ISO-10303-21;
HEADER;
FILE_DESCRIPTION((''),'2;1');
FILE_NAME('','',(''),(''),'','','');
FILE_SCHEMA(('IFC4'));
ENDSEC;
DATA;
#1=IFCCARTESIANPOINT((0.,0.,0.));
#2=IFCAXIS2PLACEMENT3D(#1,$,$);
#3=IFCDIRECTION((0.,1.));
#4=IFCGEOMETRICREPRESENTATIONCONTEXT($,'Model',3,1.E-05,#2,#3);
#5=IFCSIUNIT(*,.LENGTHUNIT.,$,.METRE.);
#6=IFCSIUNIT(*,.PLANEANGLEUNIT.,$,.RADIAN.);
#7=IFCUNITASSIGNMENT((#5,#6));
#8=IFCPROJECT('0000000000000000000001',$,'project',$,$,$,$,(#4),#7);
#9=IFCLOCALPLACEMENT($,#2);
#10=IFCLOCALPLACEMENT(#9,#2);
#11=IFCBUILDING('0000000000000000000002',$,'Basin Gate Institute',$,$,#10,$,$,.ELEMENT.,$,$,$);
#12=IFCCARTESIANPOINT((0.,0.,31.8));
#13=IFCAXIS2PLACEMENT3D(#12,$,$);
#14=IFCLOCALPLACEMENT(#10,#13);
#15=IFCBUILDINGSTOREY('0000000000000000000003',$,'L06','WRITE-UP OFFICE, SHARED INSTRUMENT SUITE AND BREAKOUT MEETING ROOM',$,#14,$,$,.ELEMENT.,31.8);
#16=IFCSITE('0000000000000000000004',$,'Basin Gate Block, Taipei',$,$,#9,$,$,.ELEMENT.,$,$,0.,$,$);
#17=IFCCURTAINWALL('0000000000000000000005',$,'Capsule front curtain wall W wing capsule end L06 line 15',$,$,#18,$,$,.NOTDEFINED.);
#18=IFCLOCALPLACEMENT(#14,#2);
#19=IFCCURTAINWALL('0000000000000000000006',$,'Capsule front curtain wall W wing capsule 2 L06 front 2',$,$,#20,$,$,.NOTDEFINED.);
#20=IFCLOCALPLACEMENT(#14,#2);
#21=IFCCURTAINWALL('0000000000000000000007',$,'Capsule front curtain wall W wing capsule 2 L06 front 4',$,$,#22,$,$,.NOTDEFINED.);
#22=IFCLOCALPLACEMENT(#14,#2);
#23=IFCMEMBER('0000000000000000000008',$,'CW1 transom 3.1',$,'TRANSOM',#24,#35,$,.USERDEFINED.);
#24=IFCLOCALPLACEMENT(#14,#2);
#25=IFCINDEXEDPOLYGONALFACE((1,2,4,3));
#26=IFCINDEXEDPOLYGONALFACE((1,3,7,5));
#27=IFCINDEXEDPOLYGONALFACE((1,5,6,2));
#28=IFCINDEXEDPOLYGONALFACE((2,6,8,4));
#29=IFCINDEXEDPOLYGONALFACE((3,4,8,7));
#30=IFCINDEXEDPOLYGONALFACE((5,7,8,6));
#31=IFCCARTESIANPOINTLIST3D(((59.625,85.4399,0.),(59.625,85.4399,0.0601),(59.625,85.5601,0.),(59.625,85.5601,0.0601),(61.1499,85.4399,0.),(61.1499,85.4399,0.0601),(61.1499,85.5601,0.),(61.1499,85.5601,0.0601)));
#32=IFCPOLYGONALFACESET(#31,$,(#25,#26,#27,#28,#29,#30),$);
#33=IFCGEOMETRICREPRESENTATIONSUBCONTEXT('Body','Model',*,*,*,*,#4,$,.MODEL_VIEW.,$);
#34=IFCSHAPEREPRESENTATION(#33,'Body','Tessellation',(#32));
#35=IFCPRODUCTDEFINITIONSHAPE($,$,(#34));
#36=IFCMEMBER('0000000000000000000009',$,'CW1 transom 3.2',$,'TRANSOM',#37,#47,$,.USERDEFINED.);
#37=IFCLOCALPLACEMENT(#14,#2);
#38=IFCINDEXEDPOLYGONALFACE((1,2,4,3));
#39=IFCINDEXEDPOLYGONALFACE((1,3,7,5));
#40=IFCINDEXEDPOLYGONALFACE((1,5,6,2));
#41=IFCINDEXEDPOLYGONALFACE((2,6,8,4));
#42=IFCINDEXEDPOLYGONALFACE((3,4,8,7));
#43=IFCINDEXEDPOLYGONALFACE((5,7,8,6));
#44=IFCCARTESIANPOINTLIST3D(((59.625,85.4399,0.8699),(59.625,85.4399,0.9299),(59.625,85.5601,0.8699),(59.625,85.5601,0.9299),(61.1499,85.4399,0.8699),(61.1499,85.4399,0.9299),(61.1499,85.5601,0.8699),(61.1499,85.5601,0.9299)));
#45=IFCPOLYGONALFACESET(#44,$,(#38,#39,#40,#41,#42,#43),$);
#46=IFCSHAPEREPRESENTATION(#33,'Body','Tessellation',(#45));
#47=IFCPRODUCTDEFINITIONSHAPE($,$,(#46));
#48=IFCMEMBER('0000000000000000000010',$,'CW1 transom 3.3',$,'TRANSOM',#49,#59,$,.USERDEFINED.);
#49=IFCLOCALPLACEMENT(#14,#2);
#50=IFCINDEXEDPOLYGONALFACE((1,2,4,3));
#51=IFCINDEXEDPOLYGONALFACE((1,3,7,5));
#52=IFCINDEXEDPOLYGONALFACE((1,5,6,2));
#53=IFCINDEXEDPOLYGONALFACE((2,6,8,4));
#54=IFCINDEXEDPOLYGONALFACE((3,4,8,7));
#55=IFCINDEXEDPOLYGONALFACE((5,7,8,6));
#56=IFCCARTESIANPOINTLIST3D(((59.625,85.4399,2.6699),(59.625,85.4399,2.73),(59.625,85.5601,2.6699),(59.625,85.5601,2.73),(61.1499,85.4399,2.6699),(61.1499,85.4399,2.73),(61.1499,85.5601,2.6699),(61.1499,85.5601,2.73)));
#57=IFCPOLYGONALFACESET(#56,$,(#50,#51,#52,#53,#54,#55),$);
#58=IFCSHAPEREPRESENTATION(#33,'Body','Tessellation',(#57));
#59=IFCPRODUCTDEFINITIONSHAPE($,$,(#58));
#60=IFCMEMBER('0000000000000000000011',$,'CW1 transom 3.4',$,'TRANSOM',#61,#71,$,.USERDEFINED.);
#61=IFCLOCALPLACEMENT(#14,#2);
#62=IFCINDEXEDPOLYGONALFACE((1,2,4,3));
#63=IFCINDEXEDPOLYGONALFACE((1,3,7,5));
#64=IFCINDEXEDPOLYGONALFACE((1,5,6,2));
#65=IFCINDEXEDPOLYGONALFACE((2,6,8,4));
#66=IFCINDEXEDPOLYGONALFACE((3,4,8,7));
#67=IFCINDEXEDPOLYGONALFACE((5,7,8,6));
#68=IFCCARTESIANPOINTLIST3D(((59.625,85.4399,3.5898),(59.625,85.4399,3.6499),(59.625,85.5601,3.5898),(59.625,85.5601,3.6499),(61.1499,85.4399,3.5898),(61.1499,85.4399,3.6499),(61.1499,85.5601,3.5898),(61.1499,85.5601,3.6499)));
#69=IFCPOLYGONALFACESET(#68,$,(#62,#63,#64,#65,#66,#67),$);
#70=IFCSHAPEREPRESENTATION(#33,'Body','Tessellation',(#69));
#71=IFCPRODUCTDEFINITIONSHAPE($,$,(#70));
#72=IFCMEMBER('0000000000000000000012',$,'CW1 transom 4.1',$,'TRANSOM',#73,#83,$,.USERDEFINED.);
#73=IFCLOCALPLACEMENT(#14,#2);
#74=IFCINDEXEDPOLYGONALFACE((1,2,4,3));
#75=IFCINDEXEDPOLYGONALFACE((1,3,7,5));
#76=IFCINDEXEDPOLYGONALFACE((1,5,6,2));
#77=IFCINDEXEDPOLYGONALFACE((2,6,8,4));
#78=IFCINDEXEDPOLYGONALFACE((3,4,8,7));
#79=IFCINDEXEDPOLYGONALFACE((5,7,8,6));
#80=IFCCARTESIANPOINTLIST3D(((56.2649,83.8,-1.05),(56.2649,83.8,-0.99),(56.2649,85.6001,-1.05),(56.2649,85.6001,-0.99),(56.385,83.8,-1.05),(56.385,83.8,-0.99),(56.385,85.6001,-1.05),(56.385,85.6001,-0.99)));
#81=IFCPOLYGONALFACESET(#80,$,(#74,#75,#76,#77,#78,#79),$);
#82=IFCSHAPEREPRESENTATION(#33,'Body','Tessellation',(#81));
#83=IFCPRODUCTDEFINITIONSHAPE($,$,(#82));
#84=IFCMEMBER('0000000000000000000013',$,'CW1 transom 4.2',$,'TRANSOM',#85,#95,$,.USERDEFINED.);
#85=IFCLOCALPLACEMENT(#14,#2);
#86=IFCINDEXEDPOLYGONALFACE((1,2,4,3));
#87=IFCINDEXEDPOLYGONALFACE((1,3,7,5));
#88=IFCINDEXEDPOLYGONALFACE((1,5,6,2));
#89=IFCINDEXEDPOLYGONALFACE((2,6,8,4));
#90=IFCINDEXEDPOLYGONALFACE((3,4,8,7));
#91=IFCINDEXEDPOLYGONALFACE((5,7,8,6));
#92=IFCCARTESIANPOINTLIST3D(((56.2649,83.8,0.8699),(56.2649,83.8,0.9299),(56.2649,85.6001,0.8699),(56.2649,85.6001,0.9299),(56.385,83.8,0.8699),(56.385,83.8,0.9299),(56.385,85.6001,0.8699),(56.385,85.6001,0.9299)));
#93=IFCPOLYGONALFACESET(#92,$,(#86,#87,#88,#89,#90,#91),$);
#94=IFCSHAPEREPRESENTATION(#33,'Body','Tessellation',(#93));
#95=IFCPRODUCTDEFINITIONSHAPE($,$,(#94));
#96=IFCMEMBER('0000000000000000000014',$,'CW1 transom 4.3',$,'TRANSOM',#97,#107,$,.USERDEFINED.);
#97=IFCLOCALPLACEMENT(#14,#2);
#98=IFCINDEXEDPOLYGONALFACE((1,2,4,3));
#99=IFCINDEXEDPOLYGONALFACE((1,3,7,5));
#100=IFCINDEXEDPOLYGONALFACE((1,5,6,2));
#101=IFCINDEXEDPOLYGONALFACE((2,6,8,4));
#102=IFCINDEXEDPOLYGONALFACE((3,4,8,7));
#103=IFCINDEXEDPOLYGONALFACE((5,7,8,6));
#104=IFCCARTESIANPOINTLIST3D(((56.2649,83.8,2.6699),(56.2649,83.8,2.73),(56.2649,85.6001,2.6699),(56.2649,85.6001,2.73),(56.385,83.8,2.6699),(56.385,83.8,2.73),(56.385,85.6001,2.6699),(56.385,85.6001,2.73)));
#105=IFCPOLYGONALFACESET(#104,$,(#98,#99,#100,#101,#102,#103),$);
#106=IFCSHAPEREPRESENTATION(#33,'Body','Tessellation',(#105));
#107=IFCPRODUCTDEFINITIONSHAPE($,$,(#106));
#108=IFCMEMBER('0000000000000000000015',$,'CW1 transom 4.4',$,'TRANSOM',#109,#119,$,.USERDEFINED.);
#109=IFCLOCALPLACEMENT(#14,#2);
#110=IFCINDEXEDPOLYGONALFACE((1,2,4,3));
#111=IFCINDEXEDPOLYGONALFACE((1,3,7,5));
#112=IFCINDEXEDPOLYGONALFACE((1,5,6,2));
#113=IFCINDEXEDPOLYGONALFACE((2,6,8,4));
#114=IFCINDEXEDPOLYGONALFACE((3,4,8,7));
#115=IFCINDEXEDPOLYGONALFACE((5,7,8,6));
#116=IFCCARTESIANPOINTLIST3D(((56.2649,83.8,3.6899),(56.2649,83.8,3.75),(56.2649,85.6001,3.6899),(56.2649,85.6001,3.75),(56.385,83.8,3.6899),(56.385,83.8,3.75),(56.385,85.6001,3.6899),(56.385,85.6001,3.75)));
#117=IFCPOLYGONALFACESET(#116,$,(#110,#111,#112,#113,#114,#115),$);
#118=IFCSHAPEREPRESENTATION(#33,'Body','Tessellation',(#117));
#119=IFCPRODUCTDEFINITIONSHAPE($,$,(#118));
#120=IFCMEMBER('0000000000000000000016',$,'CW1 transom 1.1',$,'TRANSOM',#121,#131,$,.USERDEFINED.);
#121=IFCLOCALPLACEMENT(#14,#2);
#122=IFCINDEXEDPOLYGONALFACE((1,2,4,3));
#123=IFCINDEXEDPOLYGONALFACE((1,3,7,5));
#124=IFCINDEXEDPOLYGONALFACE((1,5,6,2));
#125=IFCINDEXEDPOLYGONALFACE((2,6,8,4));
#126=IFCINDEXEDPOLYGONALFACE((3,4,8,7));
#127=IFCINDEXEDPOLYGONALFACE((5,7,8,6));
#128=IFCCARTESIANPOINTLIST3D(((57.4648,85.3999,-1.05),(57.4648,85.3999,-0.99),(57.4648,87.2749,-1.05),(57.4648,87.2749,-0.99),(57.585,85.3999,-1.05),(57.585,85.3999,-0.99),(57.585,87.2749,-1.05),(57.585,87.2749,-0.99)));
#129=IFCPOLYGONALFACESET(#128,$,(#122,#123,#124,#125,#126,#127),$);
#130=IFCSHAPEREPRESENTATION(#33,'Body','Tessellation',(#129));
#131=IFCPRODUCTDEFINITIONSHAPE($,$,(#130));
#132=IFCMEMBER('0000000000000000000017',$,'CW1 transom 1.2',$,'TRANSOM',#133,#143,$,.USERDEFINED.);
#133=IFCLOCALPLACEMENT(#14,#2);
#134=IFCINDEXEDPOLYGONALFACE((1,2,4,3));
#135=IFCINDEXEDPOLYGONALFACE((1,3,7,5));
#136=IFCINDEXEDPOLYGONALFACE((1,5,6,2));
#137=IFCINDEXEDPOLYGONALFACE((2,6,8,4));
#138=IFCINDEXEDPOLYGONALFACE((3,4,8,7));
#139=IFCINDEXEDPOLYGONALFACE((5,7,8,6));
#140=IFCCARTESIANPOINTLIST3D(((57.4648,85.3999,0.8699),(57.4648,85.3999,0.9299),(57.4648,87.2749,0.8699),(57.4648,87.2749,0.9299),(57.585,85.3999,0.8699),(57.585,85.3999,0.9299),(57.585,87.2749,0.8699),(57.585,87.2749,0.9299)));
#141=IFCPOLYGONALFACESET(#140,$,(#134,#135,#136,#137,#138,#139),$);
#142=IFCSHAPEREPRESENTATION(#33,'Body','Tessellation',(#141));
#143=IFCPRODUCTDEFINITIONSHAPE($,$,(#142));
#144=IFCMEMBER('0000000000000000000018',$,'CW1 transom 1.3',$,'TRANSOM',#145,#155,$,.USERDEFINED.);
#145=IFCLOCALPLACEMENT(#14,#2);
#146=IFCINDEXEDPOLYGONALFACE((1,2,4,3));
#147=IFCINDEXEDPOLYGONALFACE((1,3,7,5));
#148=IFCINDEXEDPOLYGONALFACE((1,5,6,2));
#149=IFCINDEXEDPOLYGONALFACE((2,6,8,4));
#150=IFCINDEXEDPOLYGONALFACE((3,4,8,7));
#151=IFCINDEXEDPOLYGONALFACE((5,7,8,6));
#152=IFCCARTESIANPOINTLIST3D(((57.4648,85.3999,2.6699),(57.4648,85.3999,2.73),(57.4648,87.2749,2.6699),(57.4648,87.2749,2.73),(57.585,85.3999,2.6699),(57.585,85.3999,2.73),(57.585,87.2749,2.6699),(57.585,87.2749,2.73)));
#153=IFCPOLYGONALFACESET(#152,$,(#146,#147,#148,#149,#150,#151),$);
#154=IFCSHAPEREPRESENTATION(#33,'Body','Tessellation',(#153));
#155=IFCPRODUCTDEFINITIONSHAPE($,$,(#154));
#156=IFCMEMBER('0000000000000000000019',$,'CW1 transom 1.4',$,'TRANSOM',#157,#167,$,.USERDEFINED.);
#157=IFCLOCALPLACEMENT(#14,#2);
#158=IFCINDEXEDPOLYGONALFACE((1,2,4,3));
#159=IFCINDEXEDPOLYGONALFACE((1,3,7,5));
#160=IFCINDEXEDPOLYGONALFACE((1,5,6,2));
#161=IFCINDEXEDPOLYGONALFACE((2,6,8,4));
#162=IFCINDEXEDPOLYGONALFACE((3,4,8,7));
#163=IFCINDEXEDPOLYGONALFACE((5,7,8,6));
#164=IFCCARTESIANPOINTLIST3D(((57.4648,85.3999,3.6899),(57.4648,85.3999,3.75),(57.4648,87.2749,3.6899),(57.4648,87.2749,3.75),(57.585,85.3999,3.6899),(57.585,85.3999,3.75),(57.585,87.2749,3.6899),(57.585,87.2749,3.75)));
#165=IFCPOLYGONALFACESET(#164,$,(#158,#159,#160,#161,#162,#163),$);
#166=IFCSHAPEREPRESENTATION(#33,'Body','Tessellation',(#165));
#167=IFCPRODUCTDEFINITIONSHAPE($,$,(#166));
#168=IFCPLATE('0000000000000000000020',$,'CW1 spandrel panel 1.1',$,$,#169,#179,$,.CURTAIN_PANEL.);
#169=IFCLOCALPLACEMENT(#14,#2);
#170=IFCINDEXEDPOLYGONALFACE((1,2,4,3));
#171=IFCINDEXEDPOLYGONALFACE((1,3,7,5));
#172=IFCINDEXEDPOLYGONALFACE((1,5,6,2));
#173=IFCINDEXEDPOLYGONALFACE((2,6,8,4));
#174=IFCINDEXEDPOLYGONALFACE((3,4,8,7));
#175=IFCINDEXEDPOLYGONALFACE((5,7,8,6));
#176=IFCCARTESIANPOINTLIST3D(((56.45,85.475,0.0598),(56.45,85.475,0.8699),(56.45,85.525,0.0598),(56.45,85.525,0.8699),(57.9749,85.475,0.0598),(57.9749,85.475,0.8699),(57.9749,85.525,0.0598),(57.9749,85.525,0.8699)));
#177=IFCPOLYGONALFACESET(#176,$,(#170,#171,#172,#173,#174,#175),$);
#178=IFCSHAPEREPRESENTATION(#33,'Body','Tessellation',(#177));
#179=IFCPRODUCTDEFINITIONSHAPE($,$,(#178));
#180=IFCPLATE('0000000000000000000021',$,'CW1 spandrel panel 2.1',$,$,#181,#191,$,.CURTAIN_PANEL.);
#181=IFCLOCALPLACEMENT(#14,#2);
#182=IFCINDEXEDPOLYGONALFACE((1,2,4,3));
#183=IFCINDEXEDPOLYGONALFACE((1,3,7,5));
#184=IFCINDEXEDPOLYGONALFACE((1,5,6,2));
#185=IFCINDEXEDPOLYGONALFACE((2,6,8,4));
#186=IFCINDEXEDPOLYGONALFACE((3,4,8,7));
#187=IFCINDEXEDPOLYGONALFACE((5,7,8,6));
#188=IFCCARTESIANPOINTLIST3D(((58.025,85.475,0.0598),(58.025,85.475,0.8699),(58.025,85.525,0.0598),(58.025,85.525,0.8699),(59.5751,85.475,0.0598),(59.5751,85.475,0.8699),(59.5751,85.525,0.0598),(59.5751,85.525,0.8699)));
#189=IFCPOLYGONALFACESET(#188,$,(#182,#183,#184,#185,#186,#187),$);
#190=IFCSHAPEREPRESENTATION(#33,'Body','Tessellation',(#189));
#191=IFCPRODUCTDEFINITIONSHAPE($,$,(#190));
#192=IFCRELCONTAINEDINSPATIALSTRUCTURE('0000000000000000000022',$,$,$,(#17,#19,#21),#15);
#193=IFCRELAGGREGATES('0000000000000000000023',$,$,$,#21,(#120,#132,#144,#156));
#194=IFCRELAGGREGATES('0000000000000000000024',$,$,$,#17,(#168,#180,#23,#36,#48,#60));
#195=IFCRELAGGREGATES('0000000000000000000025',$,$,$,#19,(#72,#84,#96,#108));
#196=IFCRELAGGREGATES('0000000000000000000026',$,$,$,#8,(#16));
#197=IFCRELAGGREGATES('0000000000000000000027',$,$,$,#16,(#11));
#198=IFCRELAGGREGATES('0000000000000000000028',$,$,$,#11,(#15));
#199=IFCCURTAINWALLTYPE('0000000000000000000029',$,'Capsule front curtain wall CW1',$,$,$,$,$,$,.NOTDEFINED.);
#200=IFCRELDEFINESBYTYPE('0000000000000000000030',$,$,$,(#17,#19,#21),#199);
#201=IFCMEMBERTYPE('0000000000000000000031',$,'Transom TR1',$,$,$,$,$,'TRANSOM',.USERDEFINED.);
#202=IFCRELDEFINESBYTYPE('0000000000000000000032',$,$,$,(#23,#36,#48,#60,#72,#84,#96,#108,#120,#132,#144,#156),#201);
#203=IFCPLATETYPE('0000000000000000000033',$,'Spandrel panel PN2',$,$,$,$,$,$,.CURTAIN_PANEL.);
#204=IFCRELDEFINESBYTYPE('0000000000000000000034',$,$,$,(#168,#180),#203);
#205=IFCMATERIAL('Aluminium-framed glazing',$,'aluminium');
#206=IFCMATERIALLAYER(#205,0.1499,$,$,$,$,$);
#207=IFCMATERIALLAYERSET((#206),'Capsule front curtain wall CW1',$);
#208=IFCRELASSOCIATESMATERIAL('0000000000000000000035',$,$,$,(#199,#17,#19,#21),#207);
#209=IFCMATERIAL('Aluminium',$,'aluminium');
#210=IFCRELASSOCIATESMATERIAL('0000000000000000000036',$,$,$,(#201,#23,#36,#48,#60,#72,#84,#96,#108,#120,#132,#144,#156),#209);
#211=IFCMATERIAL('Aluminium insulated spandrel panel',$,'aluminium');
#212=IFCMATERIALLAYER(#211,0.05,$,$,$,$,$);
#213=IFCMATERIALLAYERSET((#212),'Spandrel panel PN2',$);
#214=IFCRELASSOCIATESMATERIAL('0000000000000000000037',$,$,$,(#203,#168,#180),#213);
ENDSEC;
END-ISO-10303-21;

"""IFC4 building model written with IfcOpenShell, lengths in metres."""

from ifc_helpers import new_model, si_unit, direction, frame, origin, origin_2d, place, context, subcontext, project, spatial, rectangle, extrude, material, layer, layer_set, material_profile, profile_set, type_object, element, aggregate, save


model = new_model("IFC4")

# Units and contexts
model_context = context("Model", 3, precision=1e-05, world=origin(), true_north=direction((0.0, 1.0)))
body_context = subcontext(model_context, "Body", "Model", "MODEL_VIEW")
ifc_project = project(units=[si_unit("LENGTHUNIT", "METRE"), si_unit("PLANEANGLEUNIT", "RADIAN")], contexts=[model_context])

# Site, building, storey
site_placement = place(None, origin())
site = spatial("IfcSite", under=ifc_project, at=site_placement, Name="Basin Gate Block, Taipei", CompositionType="ELEMENT", RefElevation=0.0)
building_placement = place(site_placement, origin())
building = spatial("IfcBuilding", under=site, at=building_placement, Name="Basin Gate Institute", CompositionType="ELEMENT")
storey_placement = place(building_placement, frame((0.0, 0.0, 31.8)))
storey = spatial("IfcBuildingStorey", under=building, at=storey_placement, Name="L06", Description="WRITE-UP OFFICE, SHARED INSTRUMENT SUITE AND BREAKOUT MEETING ROOM", CompositionType="ELEMENT", Elevation=31.8)

# Curtain wall
ifc_material_1 = material(Name="Aluminium-framed glazing", Category="aluminium")
ifc_layer_1 = layer(ifc_material_1, 0.1499)
ifc_layer_set_1 = layer_set([ifc_layer_1], Name="Capsule front curtain wall CW1")
curtain_wall_type = type_object("IfcCurtainWallType", Name="Capsule front curtain wall CW1", PredefinedType="NOTDEFINED", material=ifc_layer_set_1)
curtain_wall_1_placement = place(storey_placement, origin())
curtain_wall_1 = element("IfcCurtainWall", 1, at=curtain_wall_1_placement, inside=storey, type_object=curtain_wall_type, material=ifc_layer_set_1, Name="Capsule front curtain wall W wing capsule end L06 line 15", PredefinedType="NOTDEFINED")

# Curtain walls
curtain_wall_2_placement = place(storey_placement, origin())
curtain_wall_2 = element("IfcCurtainWall", 2, at=curtain_wall_2_placement, inside=storey, type_object=curtain_wall_type, material=ifc_layer_set_1, Name="Capsule front curtain wall W wing capsule 2 L06 front 2", PredefinedType="NOTDEFINED")
curtain_wall_3_placement = place(storey_placement, origin())
curtain_wall_3 = element("IfcCurtainWall", 3, at=curtain_wall_3_placement, inside=storey, type_object=curtain_wall_type, material=ifc_layer_set_1, Name="Capsule front curtain wall W wing capsule 2 L06 front 4", PredefinedType="NOTDEFINED")

# Members
ifc_material_2 = material(Name="Aluminium", Category="aluminium")
ifc_material_profile_1 = material_profile(ifc_material_2, rectangle(XDim=0.1201, YDim=0.0601, at=origin_2d()), Name="Transom TR1 120 x 60")
ifc_profile_set_1 = profile_set([ifc_material_profile_1], Name="Aluminium")
member_type_1 = type_object("IfcMemberType", Name="Transom TR1", ElementType="TRANSOM", PredefinedType="USERDEFINED", material=ifc_profile_set_1)
member_1_placement = place(storey_placement, frame((59.625, 85.5, 0.03), z_axis=(1.0, 0.0, 0.0), x_axis=(0.0, 1.0, 0.0)))
member_1 = element("IfcMember", 4, at=member_1_placement, type_object=member_type_1, material=ifc_profile_set_1, Name="CW1 transom 3.1", ObjectType="TRANSOM", PredefinedType="USERDEFINED", context=body_context, shape_type="SweptSolid", body=[
    extrude(rectangle(XDim=0.1201, YDim=0.0601, at=origin_2d()), origin(), (0.0, 0.0, 1.0), 1.5249),
])
member_2_placement = place(storey_placement, frame((59.625, 85.5, 0.8999), z_axis=(1.0, 0.0, 0.0), x_axis=(0.0, 1.0, 0.0)))
member_2 = element("IfcMember", 5, at=member_2_placement, type_object=member_type_1, material=ifc_profile_set_1, Name="CW1 transom 3.2", ObjectType="TRANSOM", PredefinedType="USERDEFINED", context=body_context, shape_type="SweptSolid", body=[
    extrude(rectangle(XDim=0.1201, YDim=0.0601, at=origin_2d()), origin(), (0.0, 0.0, 1.0), 1.5249),
])
member_3_placement = place(storey_placement, frame((59.625, 85.5, 2.7), z_axis=(1.0, 0.0, 0.0), x_axis=(0.0, 1.0, 0.0)))
member_3 = element("IfcMember", 6, at=member_3_placement, type_object=member_type_1, material=ifc_profile_set_1, Name="CW1 transom 3.3", ObjectType="TRANSOM", PredefinedType="USERDEFINED", context=body_context, shape_type="SweptSolid", body=[
    extrude(rectangle(XDim=0.1201, YDim=0.0601, at=origin_2d()), origin(), (0.0, 0.0, 1.0), 1.5249),
])
member_4_placement = place(storey_placement, frame((59.625, 85.5, 3.6199), z_axis=(1.0, 0.0, 0.0), x_axis=(0.0, 1.0, 0.0)))
member_4 = element("IfcMember", 7, at=member_4_placement, type_object=member_type_1, material=ifc_profile_set_1, Name="CW1 transom 3.4", ObjectType="TRANSOM", PredefinedType="USERDEFINED", context=body_context, shape_type="SweptSolid", body=[
    extrude(rectangle(XDim=0.1201, YDim=0.0601, at=origin_2d()), origin(), (0.0, 0.0, 1.0), 1.5249),
])
member_5_placement = place(storey_placement, frame((56.325, 83.8, -1.02), z_axis=(0.0, 1.0, 0.0), x_axis=(-1.0, 0.0, 0.0)))
member_5 = element("IfcMember", 8, at=member_5_placement, type_object=member_type_1, material=ifc_profile_set_1, Name="CW1 transom 4.1", ObjectType="TRANSOM", PredefinedType="USERDEFINED", context=body_context, shape_type="SweptSolid", body=[
    extrude(rectangle(XDim=0.1201, YDim=0.0601, at=origin_2d()), origin(), (0.0, 0.0, 1.0), 1.8),
])
member_6_placement = place(storey_placement, frame((56.325, 83.8, 0.8999), z_axis=(0.0, 1.0, 0.0), x_axis=(-1.0, 0.0, 0.0)))
member_6 = element("IfcMember", 9, at=member_6_placement, type_object=member_type_1, material=ifc_profile_set_1, Name="CW1 transom 4.2", ObjectType="TRANSOM", PredefinedType="USERDEFINED", context=body_context, shape_type="SweptSolid", body=[
    extrude(rectangle(XDim=0.1201, YDim=0.0601, at=origin_2d()), origin(), (0.0, 0.0, 1.0), 1.8),
])
member_7_placement = place(storey_placement, frame((56.325, 83.8, 2.7), z_axis=(0.0, 1.0, 0.0), x_axis=(-1.0, 0.0, 0.0)))
member_7 = element("IfcMember", 10, at=member_7_placement, type_object=member_type_1, material=ifc_profile_set_1, Name="CW1 transom 4.3", ObjectType="TRANSOM", PredefinedType="USERDEFINED", context=body_context, shape_type="SweptSolid", body=[
    extrude(rectangle(XDim=0.1201, YDim=0.0601, at=origin_2d()), origin(), (0.0, 0.0, 1.0), 1.8),
])
member_8_placement = place(storey_placement, frame((56.325, 83.8, 3.72), z_axis=(0.0, 1.0, 0.0), x_axis=(-1.0, 0.0, 0.0)))
member_8 = element("IfcMember", 11, at=member_8_placement, type_object=member_type_1, material=ifc_profile_set_1, Name="CW1 transom 4.4", ObjectType="TRANSOM", PredefinedType="USERDEFINED", context=body_context, shape_type="SweptSolid", body=[
    extrude(rectangle(XDim=0.1201, YDim=0.0601, at=origin_2d()), origin(), (0.0, 0.0, 1.0), 1.8),
])
member_9_placement = place(storey_placement, frame((57.5249, 85.3999, -1.02), z_axis=(0.0, 1.0, 0.0), x_axis=(-1.0, 0.0, 0.0)))
member_9 = element("IfcMember", 12, at=member_9_placement, type_object=member_type_1, material=ifc_profile_set_1, Name="CW1 transom 1.1", ObjectType="TRANSOM", PredefinedType="USERDEFINED", context=body_context, shape_type="SweptSolid", body=[
    extrude(rectangle(XDim=0.1201, YDim=0.0601, at=origin_2d()), origin(), (0.0, 0.0, 1.0), 1.875),
])
member_10_placement = place(storey_placement, frame((57.5249, 85.3999, 0.8999), z_axis=(0.0, 1.0, 0.0), x_axis=(-1.0, 0.0, 0.0)))
member_10 = element("IfcMember", 13, at=member_10_placement, type_object=member_type_1, material=ifc_profile_set_1, Name="CW1 transom 1.2", ObjectType="TRANSOM", PredefinedType="USERDEFINED", context=body_context, shape_type="SweptSolid", body=[
    extrude(rectangle(XDim=0.1201, YDim=0.0601, at=origin_2d()), origin(), (0.0, 0.0, 1.0), 1.875),
])
member_11_placement = place(storey_placement, frame((57.5249, 85.3999, 2.7), z_axis=(0.0, 1.0, 0.0), x_axis=(-1.0, 0.0, 0.0)))
member_11 = element("IfcMember", 14, at=member_11_placement, type_object=member_type_1, material=ifc_profile_set_1, Name="CW1 transom 1.3", ObjectType="TRANSOM", PredefinedType="USERDEFINED", context=body_context, shape_type="SweptSolid", body=[
    extrude(rectangle(XDim=0.1201, YDim=0.0601, at=origin_2d()), origin(), (0.0, 0.0, 1.0), 1.875),
])
member_12_placement = place(storey_placement, frame((57.5249, 85.3999, 3.72), z_axis=(0.0, 1.0, 0.0), x_axis=(-1.0, 0.0, 0.0)))
member_12 = element("IfcMember", 15, at=member_12_placement, type_object=member_type_1, material=ifc_profile_set_1, Name="CW1 transom 1.4", ObjectType="TRANSOM", PredefinedType="USERDEFINED", context=body_context, shape_type="SweptSolid", body=[
    extrude(rectangle(XDim=0.1201, YDim=0.0601, at=origin_2d()), origin(), (0.0, 0.0, 1.0), 1.875),
])
aggregate(curtain_wall_3, [member_9, member_10, member_11, member_12])

# Plates
ifc_material_3 = material(Name="Aluminium insulated spandrel panel", Category="aluminium")
ifc_layer_2 = layer(ifc_material_3, 0.05)
ifc_layer_set_2 = layer_set([ifc_layer_2], Name="Spandrel panel PN2")
plate_type_1 = type_object("IfcPlateType", Name="Spandrel panel PN2", PredefinedType="CURTAIN_PANEL", material=ifc_layer_set_2)
plate_1_placement = place(storey_placement, frame((57.2124, 85.5, 0.0598), z_axis=(0.0, 0.0, 1.0), x_axis=(1.0, 0.0, 0.0)))
plate_1 = element("IfcPlate", 16, at=plate_1_placement, type_object=plate_type_1, material=ifc_layer_set_2, Name="CW1 spandrel panel 1.1", PredefinedType="CURTAIN_PANEL", context=body_context, shape_type="SweptSolid", body=[
    extrude(rectangle(XDim=1.5249, YDim=0.05, at=origin_2d()), origin(), (0.0, 0.0, 1.0), 0.8101),
])
plate_2_placement = place(storey_placement, frame((58.8, 85.5, 0.0598), z_axis=(0.0, 0.0, 1.0), x_axis=(1.0, 0.0, 0.0)))
plate_2 = element("IfcPlate", 17, at=plate_2_placement, type_object=plate_type_1, material=ifc_layer_set_2, Name="CW1 spandrel panel 2.1", PredefinedType="CURTAIN_PANEL", context=body_context, shape_type="SweptSolid", body=[
    extrude(rectangle(XDim=1.55, YDim=0.05, at=origin_2d()), origin(), (0.0, 0.0, 1.0), 0.8101),
])
aggregate(curtain_wall_1, [plate_1, plate_2, member_1, member_2, member_3, member_4])
aggregate(curtain_wall_2, [member_5, member_6, member_7, member_8])

save(model, "model.ifc")
